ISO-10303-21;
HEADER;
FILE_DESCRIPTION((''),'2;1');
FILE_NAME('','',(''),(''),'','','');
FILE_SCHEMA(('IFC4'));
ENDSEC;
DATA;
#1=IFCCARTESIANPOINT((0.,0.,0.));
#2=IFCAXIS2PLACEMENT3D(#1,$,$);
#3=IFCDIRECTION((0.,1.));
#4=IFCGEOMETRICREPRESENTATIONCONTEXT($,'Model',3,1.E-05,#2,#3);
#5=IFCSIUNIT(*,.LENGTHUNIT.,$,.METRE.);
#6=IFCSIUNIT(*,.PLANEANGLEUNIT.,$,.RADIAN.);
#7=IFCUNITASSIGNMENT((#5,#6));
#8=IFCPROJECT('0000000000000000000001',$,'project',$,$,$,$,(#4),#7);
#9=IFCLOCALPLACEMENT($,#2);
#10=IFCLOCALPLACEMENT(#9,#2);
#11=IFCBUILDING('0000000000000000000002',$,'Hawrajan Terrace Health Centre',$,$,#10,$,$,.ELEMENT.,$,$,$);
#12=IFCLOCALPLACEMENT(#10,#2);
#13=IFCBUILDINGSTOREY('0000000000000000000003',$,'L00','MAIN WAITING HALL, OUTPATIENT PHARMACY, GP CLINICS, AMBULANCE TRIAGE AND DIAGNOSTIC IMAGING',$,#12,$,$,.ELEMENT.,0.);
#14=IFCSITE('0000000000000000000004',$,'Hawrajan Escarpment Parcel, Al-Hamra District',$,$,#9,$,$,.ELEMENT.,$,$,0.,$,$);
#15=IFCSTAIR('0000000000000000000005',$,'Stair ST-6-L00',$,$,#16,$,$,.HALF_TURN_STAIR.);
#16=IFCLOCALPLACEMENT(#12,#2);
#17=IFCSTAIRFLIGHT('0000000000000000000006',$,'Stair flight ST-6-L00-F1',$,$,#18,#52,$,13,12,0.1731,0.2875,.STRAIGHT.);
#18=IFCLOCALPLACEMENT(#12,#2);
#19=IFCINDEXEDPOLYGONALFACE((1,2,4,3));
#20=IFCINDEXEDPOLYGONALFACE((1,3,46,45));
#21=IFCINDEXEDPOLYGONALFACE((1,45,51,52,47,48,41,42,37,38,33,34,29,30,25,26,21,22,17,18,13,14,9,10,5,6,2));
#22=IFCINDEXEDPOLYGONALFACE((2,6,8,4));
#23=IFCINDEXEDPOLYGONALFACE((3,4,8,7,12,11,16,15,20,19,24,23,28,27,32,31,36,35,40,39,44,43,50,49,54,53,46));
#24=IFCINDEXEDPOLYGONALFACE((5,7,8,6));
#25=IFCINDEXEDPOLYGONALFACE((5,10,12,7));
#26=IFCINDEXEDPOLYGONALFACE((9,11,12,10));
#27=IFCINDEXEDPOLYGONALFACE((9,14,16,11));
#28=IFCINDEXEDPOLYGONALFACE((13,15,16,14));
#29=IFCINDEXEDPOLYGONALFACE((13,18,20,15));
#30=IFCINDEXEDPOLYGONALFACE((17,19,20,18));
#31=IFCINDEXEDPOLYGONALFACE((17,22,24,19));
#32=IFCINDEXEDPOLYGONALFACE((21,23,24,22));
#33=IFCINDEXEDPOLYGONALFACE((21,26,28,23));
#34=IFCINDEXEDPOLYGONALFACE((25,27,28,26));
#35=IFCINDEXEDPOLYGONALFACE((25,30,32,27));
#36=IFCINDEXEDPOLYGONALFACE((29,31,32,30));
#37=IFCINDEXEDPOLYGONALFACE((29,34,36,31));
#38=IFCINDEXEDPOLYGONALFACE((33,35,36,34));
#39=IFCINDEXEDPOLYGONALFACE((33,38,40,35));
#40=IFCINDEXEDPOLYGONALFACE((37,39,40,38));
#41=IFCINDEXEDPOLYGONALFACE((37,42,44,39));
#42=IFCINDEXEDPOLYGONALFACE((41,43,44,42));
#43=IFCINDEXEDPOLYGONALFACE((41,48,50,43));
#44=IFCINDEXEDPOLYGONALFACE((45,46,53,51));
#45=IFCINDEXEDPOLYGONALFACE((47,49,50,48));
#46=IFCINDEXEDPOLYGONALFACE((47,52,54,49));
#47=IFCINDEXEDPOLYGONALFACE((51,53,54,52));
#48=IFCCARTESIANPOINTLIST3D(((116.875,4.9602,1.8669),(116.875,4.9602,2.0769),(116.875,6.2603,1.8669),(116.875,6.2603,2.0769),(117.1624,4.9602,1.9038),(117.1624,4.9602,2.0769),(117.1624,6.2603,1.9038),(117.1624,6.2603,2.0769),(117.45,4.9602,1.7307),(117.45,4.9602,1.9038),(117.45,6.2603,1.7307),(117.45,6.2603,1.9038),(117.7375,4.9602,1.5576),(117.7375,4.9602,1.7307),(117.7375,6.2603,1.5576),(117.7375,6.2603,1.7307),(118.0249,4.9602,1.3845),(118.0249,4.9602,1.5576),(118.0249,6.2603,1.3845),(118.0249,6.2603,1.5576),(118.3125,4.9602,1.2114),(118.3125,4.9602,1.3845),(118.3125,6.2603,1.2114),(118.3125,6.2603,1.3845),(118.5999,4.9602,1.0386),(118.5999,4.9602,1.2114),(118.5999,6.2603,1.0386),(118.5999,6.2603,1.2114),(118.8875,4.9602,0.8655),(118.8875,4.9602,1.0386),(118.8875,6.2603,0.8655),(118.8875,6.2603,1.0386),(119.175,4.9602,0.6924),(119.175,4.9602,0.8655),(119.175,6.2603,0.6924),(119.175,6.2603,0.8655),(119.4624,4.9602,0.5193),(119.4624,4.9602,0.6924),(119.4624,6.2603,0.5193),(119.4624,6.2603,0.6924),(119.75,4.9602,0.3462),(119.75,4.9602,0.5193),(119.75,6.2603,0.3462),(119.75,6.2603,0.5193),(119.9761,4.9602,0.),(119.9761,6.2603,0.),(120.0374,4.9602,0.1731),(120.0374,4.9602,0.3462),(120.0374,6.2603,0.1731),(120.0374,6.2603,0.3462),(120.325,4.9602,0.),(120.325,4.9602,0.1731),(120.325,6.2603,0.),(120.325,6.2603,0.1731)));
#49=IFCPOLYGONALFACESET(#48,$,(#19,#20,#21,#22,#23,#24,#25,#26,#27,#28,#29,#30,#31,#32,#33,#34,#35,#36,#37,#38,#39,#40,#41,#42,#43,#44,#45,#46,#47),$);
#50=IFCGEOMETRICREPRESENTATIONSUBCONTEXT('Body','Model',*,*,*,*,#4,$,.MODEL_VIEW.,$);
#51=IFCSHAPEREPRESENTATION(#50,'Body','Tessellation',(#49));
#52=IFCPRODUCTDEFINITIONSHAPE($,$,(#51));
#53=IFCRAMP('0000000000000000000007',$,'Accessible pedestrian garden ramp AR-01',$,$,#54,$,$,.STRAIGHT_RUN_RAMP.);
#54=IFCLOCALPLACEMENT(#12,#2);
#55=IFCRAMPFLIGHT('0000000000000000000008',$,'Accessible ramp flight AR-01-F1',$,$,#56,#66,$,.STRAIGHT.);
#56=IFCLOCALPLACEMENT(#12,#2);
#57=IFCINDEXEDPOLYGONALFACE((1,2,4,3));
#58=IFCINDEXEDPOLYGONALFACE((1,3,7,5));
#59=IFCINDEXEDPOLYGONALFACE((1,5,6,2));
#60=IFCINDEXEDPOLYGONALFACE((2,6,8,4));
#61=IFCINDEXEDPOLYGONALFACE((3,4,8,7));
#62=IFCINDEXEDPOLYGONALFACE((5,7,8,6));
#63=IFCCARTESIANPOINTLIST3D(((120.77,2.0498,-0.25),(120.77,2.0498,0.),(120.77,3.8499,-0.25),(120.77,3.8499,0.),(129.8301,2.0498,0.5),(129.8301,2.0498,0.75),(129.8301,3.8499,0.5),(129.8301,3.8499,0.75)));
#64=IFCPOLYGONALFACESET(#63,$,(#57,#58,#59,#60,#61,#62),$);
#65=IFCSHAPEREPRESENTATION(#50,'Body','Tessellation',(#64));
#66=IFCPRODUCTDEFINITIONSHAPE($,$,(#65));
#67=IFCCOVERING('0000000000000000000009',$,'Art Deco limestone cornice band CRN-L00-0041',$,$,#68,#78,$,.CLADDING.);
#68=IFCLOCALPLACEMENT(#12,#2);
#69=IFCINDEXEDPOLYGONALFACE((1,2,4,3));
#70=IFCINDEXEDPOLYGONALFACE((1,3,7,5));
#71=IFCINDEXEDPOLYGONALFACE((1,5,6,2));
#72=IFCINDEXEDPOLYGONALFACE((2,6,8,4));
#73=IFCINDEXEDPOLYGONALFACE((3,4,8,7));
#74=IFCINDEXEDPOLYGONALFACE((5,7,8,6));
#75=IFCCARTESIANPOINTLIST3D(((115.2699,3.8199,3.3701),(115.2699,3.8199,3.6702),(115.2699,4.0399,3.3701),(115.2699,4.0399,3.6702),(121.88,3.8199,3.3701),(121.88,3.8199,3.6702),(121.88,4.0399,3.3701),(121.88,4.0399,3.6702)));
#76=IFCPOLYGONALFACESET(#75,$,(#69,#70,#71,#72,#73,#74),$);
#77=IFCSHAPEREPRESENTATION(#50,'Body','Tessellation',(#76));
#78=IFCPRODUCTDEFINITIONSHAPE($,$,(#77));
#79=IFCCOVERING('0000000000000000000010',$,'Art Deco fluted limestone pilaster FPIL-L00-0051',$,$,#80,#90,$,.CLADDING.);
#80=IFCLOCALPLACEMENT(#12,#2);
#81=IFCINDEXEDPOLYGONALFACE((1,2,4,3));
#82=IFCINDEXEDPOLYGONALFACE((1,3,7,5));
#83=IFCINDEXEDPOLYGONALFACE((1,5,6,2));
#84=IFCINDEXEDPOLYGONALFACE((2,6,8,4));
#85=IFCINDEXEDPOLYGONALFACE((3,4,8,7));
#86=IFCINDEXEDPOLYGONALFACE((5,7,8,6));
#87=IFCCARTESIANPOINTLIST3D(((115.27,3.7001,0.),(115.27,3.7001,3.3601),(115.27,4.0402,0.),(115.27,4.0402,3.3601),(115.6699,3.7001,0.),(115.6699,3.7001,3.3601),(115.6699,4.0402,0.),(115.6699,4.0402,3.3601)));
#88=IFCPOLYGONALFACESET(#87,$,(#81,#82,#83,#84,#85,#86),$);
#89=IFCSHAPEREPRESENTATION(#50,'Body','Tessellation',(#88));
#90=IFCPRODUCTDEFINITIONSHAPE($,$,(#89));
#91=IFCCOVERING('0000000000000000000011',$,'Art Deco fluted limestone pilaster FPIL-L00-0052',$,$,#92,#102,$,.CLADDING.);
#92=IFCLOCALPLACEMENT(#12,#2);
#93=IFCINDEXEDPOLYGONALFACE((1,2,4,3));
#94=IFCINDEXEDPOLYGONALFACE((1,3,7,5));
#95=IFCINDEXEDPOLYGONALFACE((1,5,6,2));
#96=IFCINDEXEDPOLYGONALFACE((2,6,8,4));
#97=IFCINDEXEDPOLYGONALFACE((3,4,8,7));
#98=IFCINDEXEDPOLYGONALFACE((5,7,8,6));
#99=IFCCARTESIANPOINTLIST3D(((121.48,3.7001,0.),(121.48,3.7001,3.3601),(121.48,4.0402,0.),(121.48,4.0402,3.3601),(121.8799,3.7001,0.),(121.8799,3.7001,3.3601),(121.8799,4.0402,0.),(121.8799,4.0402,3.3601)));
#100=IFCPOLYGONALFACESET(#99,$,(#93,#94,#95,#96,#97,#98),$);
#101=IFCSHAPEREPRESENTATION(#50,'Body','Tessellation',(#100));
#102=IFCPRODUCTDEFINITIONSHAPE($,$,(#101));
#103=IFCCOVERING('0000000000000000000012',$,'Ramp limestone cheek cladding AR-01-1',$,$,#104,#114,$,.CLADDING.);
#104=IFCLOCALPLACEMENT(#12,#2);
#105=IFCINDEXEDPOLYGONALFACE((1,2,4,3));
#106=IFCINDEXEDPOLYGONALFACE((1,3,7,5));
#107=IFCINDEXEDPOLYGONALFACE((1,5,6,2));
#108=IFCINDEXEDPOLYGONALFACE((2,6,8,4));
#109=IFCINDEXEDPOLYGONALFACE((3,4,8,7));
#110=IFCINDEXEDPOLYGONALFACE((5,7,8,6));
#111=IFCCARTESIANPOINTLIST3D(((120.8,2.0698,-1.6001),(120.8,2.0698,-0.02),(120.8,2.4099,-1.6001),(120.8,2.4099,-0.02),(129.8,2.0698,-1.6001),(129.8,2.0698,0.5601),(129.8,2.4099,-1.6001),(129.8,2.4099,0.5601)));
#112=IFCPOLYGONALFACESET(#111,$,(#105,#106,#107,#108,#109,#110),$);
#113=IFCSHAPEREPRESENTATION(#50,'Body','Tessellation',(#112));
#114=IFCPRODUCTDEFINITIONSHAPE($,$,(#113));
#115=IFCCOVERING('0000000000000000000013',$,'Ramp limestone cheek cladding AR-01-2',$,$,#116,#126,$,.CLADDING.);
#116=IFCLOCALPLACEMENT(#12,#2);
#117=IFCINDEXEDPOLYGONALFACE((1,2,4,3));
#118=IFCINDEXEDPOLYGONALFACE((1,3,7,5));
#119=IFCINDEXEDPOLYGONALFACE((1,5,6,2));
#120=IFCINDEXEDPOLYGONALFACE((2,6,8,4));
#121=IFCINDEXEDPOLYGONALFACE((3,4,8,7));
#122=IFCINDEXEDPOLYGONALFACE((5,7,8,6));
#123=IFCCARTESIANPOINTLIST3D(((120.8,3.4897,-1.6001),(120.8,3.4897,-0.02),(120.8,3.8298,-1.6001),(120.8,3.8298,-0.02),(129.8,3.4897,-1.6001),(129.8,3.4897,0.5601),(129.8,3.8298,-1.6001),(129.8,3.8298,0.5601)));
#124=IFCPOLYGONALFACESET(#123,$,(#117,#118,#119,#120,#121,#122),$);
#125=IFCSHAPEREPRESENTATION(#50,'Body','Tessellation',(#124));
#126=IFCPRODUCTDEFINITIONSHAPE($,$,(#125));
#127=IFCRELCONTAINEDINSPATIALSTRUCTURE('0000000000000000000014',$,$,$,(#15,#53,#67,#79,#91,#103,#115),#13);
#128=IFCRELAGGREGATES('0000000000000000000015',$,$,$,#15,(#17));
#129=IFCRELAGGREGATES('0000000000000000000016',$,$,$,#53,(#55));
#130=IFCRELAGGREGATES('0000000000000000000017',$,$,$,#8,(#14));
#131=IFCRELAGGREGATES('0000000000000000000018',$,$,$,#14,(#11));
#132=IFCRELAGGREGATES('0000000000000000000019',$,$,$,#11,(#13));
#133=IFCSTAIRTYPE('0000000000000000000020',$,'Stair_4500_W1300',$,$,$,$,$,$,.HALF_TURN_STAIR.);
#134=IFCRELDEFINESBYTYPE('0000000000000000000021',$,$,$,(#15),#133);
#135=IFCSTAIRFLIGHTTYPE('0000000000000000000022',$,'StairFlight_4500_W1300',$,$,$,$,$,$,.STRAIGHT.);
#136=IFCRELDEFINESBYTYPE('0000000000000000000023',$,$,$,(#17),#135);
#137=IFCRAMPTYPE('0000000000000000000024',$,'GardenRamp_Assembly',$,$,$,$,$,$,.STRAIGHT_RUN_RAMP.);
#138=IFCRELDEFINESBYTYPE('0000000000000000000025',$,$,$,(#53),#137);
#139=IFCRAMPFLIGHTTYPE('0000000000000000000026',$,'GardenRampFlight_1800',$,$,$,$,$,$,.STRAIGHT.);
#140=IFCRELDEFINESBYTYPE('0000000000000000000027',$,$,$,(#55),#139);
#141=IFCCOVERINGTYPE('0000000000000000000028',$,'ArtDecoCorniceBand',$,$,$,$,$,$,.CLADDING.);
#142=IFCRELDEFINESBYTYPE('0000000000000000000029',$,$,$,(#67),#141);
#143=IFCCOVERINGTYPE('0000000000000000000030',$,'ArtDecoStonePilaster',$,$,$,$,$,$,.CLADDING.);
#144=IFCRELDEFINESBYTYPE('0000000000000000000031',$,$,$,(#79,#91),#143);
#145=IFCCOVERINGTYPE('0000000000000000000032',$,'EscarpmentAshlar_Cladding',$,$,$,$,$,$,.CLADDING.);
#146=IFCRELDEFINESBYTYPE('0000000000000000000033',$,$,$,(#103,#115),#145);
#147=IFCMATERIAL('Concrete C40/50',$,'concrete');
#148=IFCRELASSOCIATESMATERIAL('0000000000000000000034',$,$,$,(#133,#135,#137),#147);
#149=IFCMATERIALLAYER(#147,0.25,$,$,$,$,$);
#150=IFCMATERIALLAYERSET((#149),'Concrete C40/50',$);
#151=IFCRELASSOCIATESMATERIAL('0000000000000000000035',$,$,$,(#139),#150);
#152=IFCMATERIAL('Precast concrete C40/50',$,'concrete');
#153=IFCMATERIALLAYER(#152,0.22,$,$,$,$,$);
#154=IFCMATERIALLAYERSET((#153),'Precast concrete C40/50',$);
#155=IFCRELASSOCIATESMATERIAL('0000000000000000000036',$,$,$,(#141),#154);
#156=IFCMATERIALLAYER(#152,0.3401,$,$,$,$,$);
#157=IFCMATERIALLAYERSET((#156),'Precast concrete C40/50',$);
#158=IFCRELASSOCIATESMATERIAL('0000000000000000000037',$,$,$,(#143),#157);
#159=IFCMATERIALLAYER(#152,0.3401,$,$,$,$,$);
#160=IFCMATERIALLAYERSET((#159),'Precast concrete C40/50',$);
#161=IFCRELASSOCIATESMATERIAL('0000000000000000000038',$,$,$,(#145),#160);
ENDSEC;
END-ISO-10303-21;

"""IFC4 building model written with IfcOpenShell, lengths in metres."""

from ifc_helpers import new_model, si_unit, direction, frame, origin, origin_2d, place, context, subcontext, project, spatial, polyline, rectangle, outline, extrude, material, layer, layer_set, type_object, element, aggregate, save


model = new_model("IFC4")

# Units and contexts
model_context = context("Model", 3, precision=1e-05, world=origin(), true_north=direction((0.0, 1.0)))
body_context = subcontext(model_context, "Body", "Model", "MODEL_VIEW")
ifc_project = project(units=[si_unit("LENGTHUNIT", "METRE"), si_unit("PLANEANGLEUNIT", "RADIAN")], contexts=[model_context])

# Site, building, storey
site_placement = place(None, origin())
site = spatial("IfcSite", under=ifc_project, at=site_placement, Name="Hawrajan Escarpment Parcel, Al-Hamra District", CompositionType="ELEMENT", RefElevation=0.0)
building_placement = place(site_placement, origin())
building = spatial("IfcBuilding", under=site, at=building_placement, Name="Hawrajan Terrace Health Centre", CompositionType="ELEMENT")
storey_placement = place(building_placement, origin())
storey = spatial("IfcBuildingStorey", under=building, at=storey_placement, Name="L00", Description="MAIN WAITING HALL, OUTPATIENT PHARMACY, GP CLINICS, AMBULANCE TRIAGE AND DIAGNOSTIC IMAGING", CompositionType="ELEMENT", Elevation=0.0)

# Shared definitions
ifc_material_1 = material(Name="Concrete C40/50", Category="concrete")

# Stair, stair flight
stair_type = type_object("IfcStairType", Name="Stair_4500_W1300", PredefinedType="HALF_TURN_STAIR", material=ifc_material_1)
stair_placement = place(storey_placement, origin())
stair = element("IfcStair", 1, at=stair_placement, inside=storey, type_object=stair_type, Name="Stair ST-6-L00", PredefinedType="HALF_TURN_STAIR")
stair_flight_type = type_object("IfcStairFlightType", Name="StairFlight_4500_W1300", PredefinedType="STRAIGHT", material=ifc_material_1)
stair_flight_placement = place(storey_placement, frame((120.325, 5.6101, 0.0), z_axis=(0.0, 0.0, 1.0), x_axis=(-1.0, 0.0, 0.0)))
stair_flight = element("IfcStairFlight", 2, at=stair_flight_placement, type_object=stair_flight_type, Name="Stair flight ST-6-L00-F1", NumberOfRisers=13, NumberOfTreads=12, PredefinedType="STRAIGHT", RiserHeight=0.1731, TreadLength=0.2875, context=body_context, shape_type="SweptSolid", body=[
    extrude(outline(polyline([(0.0, 0.0), (0.0, 0.1731), (0.2876, 0.1731), (0.2876, 0.3462), (0.575, 0.3462), (0.575, 0.5193), (0.8625, 0.5193), (0.8625, 0.6924), (1.1499, 0.6924), (1.1499, 0.8655), (1.4375, 0.8655), (1.4375, 1.0386), (1.7251, 1.0386), (1.7251, 1.2114), (2.0125, 1.2114), (2.0125, 1.3845), (2.3, 1.3845), (2.3, 1.5576), (2.5874, 1.5576), (2.5874, 1.7307), (2.875, 1.7307), (2.875, 1.9038), (3.1626, 1.9038), (3.1626, 2.0769), (3.45, 2.0769), (3.45, 2.25), (3.45, 1.8669), (0.3489, 0.0), (0.0, 0.0)])), frame((0.0, 0.6499, 0.0), z_axis=(0.0, -1.0, 0.0), x_axis=(1.0, 0.0, 0.0)), (0.0, 0.0, 1.0), 1.3),
])
aggregate(stair, [stair_flight])

# Ramp, ramp flight
ramp_type = type_object("IfcRampType", Name="GardenRamp_Assembly", PredefinedType="STRAIGHT_RUN_RAMP", material=ifc_material_1)
ramp_placement = place(storey_placement, origin())
ramp = element("IfcRamp", 3, at=ramp_placement, inside=storey, type_object=ramp_type, Name="Accessible pedestrian garden ramp AR-01", PredefinedType="STRAIGHT_RUN_RAMP")
ifc_layer_1 = layer(ifc_material_1, 0.25)
ifc_layer_set_1 = layer_set([ifc_layer_1], Name="Concrete C40/50")
ramp_flight_type = type_object("IfcRampFlightType", Name="GardenRampFlight_1800", PredefinedType="STRAIGHT", material=ifc_layer_set_1)
ramp_flight_placement = place(storey_placement, frame((120.77, 2.95, 0.0), z_axis=(0.0, 0.0, 1.0), x_axis=(1.0, 0.0, 0.0)))
ramp_flight = element("IfcRampFlight", 4, at=ramp_flight_placement, type_object=ramp_flight_type, Name="Accessible ramp flight AR-01-F1", PredefinedType="STRAIGHT", context=body_context, shape_type="SweptSolid", body=[
    extrude(outline(polyline([(0.0, 0.0), (0.0, -0.25), (9.0601, 0.5), (9.0601, 0.75), (0.0, 0.0)])), frame((0.0, 0.8999, 0.0), z_axis=(0.0, -1.0, 0.0), x_axis=(1.0, 0.0, 0.0)), (0.0, 0.0, 1.0), 1.8),
])
aggregate(ramp, [ramp_flight])

# Coverings
ifc_material_2 = material(Name="Precast concrete C40/50", Category="concrete")
ifc_layer_2 = layer(ifc_material_2, 0.22)
ifc_layer_set_2 = layer_set([ifc_layer_2], Name="Precast concrete C40/50")
covering_type_1 = type_object("IfcCoveringType", Name="ArtDecoCorniceBand", PredefinedType="CLADDING", material=ifc_layer_set_2)
covering_placement = place(storey_placement, frame((118.575, 3.9299, 3.3701), z_axis=(0.0, 0.0, 1.0), x_axis=(1.0, 0.0, 0.0)))
element("IfcCovering", 5, at=covering_placement, inside=storey, type_object=covering_type_1, Name="Art Deco limestone cornice band CRN-L00-0041", PredefinedType="CLADDING", context=body_context, shape_type="SweptSolid", body=[
    extrude(rectangle(XDim=6.6101, YDim=0.22, at=origin_2d()), origin(), (0.0, 0.0, 1.0), 0.3),
])
ifc_layer_3 = layer(ifc_material_2, 0.3401)
ifc_layer_set_3 = layer_set([ifc_layer_3], Name="Precast concrete C40/50")
covering_type_2 = type_object("IfcCoveringType", Name="ArtDecoStonePilaster", PredefinedType="CLADDING", material=ifc_layer_set_3)
for number, where, z_axis, x_axis, name in (
    (6, (115.47, 3.8701, 0.0), (0.0, 0.0, 1.0), (1.0, 0.0, 0.0), "Art Deco fluted limestone pilaster FPIL-L00-0051"),
    (7, (121.6799, 3.8701, 0.0), (0.0, 0.0, 1.0), (1.0, 0.0, 0.0), "Art Deco fluted limestone pilaster FPIL-L00-0052"),
):
    element("IfcCovering", number, at=place(storey_placement, frame(where, z_axis=z_axis, x_axis=x_axis)), inside=storey, type_object=covering_type_2, Name=name, PredefinedType="CLADDING", context=body_context, shape_type="SweptSolid", body=[
        extrude(rectangle(XDim=0.3999, YDim=0.3401, at=origin_2d()), origin(), (0.0, 0.0, 1.0), 3.3601),
    ])
ifc_layer_4 = layer(ifc_material_2, 0.3401)
ifc_layer_set_4 = layer_set([ifc_layer_4], Name="Precast concrete C40/50")
covering_type_3 = type_object("IfcCoveringType", Name="EscarpmentAshlar_Cladding", PredefinedType="CLADDING", material=ifc_layer_set_4)
for number, where, z_axis, x_axis, name in (
    (8, (120.8, 2.24, -1.6001), (0.0, 0.0, 1.0), (1.0, 0.0, 0.0), "Ramp limestone cheek cladding AR-01-1"),
    (9, (120.8, 3.6599, -1.6001), (0.0, 0.0, 1.0), (1.0, 0.0, 0.0), "Ramp limestone cheek cladding AR-01-2"),
):
    element("IfcCovering", number, at=place(storey_placement, frame(where, z_axis=z_axis, x_axis=x_axis)), inside=storey, type_object=covering_type_3, Name=name, PredefinedType="CLADDING", context=body_context, shape_type="SweptSolid", body=[
        extrude(outline(polyline([(0.0, 0.0), (9.0, 0.0), (9.0, 2.1602), (0.0, 1.5801), (0.0, 0.0)])), frame((0.0, 0.1699, 0.0), z_axis=(0.0, -1.0, 0.0), x_axis=(1.0, 0.0, 0.0)), (0.0, 0.0, 1.0), 0.3401),
    ])

save(model, "model.ifc")
